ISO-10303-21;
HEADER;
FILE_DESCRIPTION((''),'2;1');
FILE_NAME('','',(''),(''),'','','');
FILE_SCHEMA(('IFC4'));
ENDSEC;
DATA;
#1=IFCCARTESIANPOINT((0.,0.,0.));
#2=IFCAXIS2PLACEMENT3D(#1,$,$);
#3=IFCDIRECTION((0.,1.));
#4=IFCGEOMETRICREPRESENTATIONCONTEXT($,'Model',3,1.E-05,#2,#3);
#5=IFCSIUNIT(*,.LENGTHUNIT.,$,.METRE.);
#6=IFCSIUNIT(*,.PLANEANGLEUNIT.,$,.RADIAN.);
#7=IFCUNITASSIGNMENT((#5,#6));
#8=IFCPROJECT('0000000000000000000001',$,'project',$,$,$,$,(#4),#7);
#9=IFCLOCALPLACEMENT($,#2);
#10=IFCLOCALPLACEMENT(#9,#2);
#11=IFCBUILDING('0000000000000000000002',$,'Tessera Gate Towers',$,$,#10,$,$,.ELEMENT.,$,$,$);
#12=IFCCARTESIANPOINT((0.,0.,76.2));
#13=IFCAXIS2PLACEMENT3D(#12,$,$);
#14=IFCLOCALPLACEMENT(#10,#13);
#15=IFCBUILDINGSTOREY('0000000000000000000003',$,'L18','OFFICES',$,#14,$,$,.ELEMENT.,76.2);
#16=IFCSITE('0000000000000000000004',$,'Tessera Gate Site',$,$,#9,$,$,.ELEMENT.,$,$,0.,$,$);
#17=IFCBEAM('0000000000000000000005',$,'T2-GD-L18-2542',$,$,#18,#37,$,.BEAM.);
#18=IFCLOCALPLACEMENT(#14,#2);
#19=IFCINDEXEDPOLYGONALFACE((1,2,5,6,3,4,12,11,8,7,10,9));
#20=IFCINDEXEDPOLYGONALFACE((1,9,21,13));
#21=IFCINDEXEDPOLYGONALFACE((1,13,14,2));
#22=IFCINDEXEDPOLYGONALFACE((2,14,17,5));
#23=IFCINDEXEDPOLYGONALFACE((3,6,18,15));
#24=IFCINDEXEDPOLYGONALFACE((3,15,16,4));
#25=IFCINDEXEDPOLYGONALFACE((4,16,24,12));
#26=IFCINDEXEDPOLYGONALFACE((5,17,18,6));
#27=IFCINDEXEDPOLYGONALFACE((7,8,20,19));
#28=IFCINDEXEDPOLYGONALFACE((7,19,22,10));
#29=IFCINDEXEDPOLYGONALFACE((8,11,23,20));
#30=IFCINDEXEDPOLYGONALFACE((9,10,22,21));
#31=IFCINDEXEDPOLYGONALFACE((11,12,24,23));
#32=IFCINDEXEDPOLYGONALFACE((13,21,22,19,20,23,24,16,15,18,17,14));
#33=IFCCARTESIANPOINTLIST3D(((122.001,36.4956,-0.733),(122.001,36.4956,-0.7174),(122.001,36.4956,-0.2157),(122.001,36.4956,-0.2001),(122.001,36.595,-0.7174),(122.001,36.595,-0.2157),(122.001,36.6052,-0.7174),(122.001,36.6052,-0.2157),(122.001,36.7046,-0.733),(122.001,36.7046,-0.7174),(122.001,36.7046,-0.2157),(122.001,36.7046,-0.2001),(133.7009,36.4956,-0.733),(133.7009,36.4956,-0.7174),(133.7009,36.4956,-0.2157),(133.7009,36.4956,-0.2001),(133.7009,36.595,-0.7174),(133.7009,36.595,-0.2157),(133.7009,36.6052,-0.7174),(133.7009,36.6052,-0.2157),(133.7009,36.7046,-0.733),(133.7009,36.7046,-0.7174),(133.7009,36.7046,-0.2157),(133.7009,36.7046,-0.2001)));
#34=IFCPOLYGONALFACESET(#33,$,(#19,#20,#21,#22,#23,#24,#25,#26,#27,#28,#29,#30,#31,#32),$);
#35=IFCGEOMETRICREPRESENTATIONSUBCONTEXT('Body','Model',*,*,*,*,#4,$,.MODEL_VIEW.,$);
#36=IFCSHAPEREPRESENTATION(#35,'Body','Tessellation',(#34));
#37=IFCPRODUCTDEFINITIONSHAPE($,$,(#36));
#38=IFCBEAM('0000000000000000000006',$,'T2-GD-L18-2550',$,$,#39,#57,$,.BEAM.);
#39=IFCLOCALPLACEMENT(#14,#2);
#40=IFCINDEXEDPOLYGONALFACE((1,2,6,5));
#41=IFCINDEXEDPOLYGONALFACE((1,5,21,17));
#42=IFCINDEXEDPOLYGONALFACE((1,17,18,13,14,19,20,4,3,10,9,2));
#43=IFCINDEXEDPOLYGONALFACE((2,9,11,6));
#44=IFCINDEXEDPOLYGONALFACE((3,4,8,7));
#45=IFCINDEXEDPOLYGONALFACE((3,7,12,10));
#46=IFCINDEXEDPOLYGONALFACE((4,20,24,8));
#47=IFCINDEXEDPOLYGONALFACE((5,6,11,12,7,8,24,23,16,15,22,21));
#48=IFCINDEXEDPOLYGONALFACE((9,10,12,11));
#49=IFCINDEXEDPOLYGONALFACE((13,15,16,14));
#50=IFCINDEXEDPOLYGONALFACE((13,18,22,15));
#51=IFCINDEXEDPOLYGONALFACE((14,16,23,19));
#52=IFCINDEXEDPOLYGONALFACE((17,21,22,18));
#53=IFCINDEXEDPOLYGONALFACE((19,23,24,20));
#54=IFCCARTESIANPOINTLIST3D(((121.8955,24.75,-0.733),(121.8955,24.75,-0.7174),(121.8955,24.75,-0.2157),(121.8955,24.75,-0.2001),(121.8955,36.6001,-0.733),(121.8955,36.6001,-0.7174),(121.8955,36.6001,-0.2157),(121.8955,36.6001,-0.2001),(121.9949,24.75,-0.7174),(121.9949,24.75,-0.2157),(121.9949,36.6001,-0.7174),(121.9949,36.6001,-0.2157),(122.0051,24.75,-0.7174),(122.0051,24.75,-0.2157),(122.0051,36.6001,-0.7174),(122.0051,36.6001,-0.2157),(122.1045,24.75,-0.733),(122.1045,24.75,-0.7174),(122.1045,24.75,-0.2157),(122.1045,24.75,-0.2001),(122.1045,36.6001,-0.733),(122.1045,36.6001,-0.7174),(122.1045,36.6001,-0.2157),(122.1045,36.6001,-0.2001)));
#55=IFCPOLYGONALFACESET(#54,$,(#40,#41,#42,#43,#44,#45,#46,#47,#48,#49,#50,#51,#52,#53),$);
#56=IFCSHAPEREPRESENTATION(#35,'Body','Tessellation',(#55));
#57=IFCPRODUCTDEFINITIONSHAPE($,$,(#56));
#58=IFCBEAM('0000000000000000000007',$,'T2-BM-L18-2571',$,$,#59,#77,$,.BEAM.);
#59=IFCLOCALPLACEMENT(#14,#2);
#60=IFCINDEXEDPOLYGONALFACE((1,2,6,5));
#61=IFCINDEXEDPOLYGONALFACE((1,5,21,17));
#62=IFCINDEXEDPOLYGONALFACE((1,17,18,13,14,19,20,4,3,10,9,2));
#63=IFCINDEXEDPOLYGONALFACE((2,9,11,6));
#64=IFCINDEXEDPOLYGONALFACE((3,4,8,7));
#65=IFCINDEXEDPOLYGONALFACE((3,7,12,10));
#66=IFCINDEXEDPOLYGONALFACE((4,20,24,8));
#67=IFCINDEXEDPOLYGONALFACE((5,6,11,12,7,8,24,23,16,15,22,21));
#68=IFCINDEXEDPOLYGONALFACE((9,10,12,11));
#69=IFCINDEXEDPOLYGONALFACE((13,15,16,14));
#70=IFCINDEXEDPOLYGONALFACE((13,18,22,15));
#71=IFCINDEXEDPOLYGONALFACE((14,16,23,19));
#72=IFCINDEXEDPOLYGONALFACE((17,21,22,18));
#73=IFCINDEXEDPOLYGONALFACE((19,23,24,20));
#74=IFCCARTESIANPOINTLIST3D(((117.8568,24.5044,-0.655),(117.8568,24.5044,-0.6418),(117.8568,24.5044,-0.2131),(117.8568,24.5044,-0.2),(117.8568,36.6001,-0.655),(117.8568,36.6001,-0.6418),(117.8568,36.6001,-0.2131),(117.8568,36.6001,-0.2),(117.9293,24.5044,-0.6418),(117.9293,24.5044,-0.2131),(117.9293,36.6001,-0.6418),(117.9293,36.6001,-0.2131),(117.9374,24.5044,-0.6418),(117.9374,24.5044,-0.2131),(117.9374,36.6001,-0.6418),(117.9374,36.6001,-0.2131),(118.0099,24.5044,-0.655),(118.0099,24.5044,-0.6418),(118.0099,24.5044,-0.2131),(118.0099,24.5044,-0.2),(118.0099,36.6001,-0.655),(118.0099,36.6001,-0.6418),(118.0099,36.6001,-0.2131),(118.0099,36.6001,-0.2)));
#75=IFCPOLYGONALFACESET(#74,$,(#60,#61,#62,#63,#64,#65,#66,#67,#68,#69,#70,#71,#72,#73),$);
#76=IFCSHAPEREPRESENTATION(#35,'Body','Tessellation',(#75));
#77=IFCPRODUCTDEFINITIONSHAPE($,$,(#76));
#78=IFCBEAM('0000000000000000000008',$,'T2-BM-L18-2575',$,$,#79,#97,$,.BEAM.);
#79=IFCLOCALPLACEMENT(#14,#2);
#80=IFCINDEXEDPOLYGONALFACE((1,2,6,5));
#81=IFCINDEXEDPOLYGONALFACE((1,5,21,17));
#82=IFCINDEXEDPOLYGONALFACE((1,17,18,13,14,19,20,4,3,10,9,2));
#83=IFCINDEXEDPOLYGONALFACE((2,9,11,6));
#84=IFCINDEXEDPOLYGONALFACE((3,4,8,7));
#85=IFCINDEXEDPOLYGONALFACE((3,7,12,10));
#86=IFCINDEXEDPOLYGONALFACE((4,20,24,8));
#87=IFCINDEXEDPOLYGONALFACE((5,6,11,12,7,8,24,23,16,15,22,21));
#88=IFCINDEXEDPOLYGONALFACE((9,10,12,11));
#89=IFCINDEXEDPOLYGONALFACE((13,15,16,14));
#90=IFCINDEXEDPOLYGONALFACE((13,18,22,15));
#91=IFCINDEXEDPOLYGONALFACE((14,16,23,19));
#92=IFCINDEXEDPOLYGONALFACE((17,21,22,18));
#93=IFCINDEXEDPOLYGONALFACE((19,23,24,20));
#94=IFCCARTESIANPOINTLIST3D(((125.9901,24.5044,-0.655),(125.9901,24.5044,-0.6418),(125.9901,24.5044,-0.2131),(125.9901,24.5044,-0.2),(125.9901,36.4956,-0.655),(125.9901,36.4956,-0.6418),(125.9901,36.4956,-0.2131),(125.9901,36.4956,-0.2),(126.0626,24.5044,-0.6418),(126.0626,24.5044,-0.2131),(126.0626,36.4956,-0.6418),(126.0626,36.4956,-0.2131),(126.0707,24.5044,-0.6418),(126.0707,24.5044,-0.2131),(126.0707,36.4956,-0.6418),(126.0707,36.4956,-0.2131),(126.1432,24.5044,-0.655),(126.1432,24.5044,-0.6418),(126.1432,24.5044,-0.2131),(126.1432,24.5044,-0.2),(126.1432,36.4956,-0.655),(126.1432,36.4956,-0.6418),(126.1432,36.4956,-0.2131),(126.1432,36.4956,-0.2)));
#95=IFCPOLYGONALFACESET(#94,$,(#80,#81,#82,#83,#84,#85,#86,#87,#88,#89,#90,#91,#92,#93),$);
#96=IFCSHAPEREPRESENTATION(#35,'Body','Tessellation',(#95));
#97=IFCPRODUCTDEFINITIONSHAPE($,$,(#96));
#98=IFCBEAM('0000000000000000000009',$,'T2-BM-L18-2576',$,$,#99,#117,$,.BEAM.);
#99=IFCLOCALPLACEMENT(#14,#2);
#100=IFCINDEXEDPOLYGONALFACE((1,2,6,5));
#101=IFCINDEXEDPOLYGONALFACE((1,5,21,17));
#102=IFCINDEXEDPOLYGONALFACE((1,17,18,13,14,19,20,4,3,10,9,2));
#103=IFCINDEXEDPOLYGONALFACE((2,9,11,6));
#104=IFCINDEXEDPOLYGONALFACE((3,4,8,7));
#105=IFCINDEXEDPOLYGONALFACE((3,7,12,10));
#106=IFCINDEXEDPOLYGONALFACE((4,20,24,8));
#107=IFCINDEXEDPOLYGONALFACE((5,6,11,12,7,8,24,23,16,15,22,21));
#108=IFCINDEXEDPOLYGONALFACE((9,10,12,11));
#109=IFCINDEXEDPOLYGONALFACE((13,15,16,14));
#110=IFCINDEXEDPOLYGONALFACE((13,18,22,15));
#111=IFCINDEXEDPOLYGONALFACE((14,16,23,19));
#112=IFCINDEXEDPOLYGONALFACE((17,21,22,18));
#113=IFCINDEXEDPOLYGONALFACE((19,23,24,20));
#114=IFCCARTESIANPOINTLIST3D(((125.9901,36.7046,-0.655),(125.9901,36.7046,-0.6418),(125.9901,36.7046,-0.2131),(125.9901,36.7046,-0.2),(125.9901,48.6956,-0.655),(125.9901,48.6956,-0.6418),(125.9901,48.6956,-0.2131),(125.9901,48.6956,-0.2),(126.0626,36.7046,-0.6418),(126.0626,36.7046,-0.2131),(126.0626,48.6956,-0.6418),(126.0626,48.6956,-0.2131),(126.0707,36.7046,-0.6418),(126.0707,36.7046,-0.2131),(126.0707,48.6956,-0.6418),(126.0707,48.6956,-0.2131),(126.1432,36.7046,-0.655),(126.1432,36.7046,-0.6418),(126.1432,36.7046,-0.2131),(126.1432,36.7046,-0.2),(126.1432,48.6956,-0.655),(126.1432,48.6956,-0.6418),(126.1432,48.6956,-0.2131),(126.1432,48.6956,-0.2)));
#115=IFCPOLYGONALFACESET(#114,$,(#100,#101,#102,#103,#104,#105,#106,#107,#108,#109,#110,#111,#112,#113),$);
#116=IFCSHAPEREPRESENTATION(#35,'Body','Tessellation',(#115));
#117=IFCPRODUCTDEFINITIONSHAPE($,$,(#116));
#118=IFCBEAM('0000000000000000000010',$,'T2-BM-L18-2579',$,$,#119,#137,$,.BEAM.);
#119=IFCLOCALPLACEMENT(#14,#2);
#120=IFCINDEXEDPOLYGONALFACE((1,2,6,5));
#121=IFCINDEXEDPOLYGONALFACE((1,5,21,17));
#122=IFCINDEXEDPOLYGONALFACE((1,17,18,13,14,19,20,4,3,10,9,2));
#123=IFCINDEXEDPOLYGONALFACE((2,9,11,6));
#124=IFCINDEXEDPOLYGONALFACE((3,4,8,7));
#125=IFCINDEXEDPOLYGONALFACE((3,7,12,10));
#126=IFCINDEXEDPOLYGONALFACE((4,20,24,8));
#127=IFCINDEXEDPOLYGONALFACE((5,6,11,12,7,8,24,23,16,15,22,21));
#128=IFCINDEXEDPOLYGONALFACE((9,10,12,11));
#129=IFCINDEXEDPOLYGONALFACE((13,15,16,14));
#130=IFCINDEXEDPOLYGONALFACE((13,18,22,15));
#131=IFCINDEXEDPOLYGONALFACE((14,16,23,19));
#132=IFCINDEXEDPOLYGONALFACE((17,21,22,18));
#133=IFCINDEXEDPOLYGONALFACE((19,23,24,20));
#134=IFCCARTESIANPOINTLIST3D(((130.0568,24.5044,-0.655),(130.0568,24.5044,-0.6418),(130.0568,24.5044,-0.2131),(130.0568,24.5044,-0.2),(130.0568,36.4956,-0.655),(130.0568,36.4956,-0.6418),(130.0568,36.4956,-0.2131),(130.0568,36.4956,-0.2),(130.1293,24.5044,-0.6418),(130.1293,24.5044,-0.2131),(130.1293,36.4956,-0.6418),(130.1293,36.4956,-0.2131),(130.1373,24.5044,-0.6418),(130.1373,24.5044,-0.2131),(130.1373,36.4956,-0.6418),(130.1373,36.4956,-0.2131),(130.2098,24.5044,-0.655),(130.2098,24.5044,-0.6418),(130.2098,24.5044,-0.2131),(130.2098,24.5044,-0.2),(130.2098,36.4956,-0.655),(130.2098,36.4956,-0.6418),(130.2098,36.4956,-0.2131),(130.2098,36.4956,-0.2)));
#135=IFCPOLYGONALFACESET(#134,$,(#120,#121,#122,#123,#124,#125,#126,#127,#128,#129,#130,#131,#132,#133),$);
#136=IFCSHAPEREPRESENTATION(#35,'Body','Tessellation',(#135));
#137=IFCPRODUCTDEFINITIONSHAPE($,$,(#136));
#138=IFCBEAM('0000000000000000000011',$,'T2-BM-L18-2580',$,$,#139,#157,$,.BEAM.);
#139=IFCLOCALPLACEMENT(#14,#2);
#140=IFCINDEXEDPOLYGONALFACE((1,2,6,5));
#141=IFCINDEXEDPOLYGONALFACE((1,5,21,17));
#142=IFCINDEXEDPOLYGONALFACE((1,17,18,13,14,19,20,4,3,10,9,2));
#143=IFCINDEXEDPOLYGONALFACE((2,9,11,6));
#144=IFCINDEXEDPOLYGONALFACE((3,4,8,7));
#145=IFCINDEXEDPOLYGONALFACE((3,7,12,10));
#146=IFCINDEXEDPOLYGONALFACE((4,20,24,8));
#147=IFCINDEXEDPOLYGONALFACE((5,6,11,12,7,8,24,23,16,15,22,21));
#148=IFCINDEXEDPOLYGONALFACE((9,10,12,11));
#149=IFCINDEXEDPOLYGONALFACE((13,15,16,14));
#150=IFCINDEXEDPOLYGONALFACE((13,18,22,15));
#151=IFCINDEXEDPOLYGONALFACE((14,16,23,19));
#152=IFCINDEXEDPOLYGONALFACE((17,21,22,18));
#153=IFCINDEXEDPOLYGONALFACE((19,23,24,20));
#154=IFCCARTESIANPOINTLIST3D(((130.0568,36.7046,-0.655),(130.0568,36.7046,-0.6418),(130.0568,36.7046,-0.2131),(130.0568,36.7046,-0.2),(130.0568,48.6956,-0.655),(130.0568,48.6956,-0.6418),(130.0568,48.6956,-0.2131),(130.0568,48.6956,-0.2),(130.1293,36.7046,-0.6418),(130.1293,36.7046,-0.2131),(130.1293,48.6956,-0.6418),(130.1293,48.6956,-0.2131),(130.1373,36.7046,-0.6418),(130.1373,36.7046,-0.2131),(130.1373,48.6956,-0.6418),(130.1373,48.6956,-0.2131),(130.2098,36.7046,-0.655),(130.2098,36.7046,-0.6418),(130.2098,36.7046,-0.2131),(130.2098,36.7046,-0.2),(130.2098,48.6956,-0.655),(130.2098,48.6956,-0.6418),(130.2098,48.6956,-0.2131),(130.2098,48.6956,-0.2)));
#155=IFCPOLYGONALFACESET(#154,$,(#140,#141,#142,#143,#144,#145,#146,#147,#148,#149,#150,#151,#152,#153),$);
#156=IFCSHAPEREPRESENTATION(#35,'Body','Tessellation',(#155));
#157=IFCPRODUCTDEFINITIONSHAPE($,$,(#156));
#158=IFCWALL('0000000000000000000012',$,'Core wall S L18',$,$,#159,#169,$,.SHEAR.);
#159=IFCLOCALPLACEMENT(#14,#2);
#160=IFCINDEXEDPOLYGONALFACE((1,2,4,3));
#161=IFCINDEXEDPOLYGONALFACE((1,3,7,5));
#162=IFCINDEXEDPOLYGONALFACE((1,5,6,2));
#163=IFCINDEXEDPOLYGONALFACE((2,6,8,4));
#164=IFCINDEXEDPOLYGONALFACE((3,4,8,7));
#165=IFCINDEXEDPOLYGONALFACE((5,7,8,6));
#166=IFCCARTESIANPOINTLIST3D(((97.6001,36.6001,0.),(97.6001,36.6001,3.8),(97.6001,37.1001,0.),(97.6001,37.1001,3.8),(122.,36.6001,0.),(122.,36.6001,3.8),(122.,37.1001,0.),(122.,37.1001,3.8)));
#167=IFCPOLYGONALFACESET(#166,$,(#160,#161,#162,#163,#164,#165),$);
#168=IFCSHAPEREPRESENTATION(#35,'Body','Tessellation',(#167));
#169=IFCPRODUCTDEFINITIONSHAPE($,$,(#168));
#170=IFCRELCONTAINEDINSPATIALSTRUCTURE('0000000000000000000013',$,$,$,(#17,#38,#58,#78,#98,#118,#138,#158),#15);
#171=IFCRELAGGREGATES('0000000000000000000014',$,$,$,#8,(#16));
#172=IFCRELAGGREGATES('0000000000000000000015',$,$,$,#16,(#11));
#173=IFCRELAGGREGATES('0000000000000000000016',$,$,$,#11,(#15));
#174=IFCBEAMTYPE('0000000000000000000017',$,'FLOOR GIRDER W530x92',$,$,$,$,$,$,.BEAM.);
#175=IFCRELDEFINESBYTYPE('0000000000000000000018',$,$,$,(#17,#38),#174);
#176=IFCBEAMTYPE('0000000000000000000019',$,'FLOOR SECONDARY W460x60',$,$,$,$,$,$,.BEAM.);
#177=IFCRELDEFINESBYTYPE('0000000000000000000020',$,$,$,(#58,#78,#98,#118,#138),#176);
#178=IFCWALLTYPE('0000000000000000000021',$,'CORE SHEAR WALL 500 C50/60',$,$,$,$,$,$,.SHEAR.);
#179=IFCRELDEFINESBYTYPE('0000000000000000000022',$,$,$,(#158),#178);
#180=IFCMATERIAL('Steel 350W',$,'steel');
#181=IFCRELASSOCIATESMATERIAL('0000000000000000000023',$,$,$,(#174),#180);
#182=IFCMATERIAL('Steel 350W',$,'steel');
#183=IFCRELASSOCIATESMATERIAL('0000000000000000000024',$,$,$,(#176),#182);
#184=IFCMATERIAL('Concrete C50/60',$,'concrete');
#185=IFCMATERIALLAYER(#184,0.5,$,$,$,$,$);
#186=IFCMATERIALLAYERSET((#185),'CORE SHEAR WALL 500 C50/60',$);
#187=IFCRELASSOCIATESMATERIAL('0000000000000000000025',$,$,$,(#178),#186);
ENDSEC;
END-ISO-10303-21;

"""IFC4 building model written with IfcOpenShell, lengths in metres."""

from ifc_helpers import new_model, si_unit, direction, frame, frame_2d, origin, origin_2d, place, context, subcontext, project, spatial, rectangle, i_section, extrude, material, layer, layer_set, material_profile, profile_set, type_object, element, save


model = new_model("IFC4")

# Units and contexts
model_context = context("Model", 3, precision=1e-05, world=origin(), true_north=direction((0.0, 1.0)))
body_context = subcontext(model_context, "Body", "Model", "MODEL_VIEW")
ifc_project = project(units=[si_unit("LENGTHUNIT", "METRE"), si_unit("PLANEANGLEUNIT", "RADIAN")], contexts=[model_context])

# Site, building, storey
site_placement = place(None, origin())
site = spatial("IfcSite", under=ifc_project, at=site_placement, Name="Tessera Gate Site", CompositionType="ELEMENT", RefElevation=0.0)
building_placement = place(site_placement, origin())
building = spatial("IfcBuilding", under=site, at=building_placement, Name="Tessera Gate Towers", CompositionType="ELEMENT")
storey_placement = place(building_placement, frame((0.0, 0.0, 76.2)))
storey = spatial("IfcBuildingStorey", under=building, at=storey_placement, Name="L18", Description="OFFICES", CompositionType="ELEMENT", Elevation=76.2)

# Beams
ifc_material_1 = material(Name="Steel 350W", Category="steel")
ifc_material_profile_1 = material_profile(ifc_material_1, i_section(OverallWidth=0.209, OverallDepth=0.533, WebThickness=0.0103, FlangeThickness=0.0156, at=origin_2d()), Name="W530x92")
ifc_profile_set_1 = profile_set([ifc_material_profile_1], Name="Steel 350W")
beam_type_1 = type_object("IfcBeamType", Name="FLOOR GIRDER W530x92", PredefinedType="BEAM", material=ifc_profile_set_1)
beam_1_placement = place(storey_placement, frame((122.001, 36.6001, -0.4666), z_axis=(1.0, 0.0, 0.0), x_axis=(0.0, 1.0, 0.0)))
element("IfcBeam", 1, at=beam_1_placement, inside=storey, type_object=beam_type_1, Name="T2-GD-L18-2542", PredefinedType="BEAM", context=body_context, shape_type="SweptSolid", body=[
    extrude(i_section(OverallWidth=0.209, OverallDepth=0.533, WebThickness=0.0103, FlangeThickness=0.0156, at=origin_2d()), origin(), (0.0, 0.0, 1.0), 11.7),
])
beam_2_placement = place(storey_placement, frame((122.0, 24.75, -0.4666), z_axis=(0.0, 1.0, 0.0), x_axis=(-1.0, 0.0, 0.0)))
element("IfcBeam", 2, at=beam_2_placement, inside=storey, type_object=beam_type_1, Name="T2-GD-L18-2550", PredefinedType="BEAM", context=body_context, shape_type="SweptSolid", body=[
    extrude(i_section(OverallWidth=0.209, OverallDepth=0.533, WebThickness=0.0103, FlangeThickness=0.0156, at=origin_2d()), origin(), (0.0, 0.0, 1.0), 11.8501),
])
ifc_material_2 = material(Name="Steel 350W", Category="steel")
ifc_material_profile_2 = material_profile(ifc_material_2, i_section(OverallWidth=0.1531, OverallDepth=0.4551, WebThickness=0.0081, FlangeThickness=0.0132, at=origin_2d()), Name="W460x60")
ifc_profile_set_2 = profile_set([ifc_material_profile_2], Name="Steel 350W")
beam_type_2 = type_object("IfcBeamType", Name="FLOOR SECONDARY W460x60", PredefinedType="BEAM", material=ifc_profile_set_2)
beam_3_placement = place(storey_placement, frame((117.9333, 24.5044, -0.4275), z_axis=(0.0, 1.0, 0.0), x_axis=(-1.0, 0.0, 0.0)))
element("IfcBeam", 3, at=beam_3_placement, inside=storey, type_object=beam_type_2, Name="T2-BM-L18-2571", PredefinedType="BEAM", context=body_context, shape_type="SweptSolid", body=[
    extrude(i_section(OverallWidth=0.1531, OverallDepth=0.4551, WebThickness=0.0081, FlangeThickness=0.0132, at=origin_2d()), origin(), (0.0, 0.0, 1.0), 12.0957),
])
beam_4_placement = place(storey_placement, frame((126.0667, 24.5044, -0.4275), z_axis=(0.0, 1.0, 0.0), x_axis=(-1.0, 0.0, 0.0)))
element("IfcBeam", 4, at=beam_4_placement, inside=storey, type_object=beam_type_2, Name="T2-BM-L18-2575", PredefinedType="BEAM", context=body_context, shape_type="SweptSolid", body=[
    extrude(i_section(OverallWidth=0.1531, OverallDepth=0.4551, WebThickness=0.0081, FlangeThickness=0.0132, at=origin_2d()), origin(), (0.0, 0.0, 1.0), 11.9912),
])
beam_5_placement = place(storey_placement, frame((126.0667, 36.7046, -0.4275), z_axis=(0.0, 1.0, 0.0), x_axis=(-1.0, 0.0, 0.0)))
element("IfcBeam", 5, at=beam_5_placement, inside=storey, type_object=beam_type_2, Name="T2-BM-L18-2576", PredefinedType="BEAM", context=body_context, shape_type="SweptSolid", body=[
    extrude(i_section(OverallWidth=0.1531, OverallDepth=0.4551, WebThickness=0.0081, FlangeThickness=0.0132, at=origin_2d()), origin(), (0.0, 0.0, 1.0), 11.991),
])
beam_6_placement = place(storey_placement, frame((130.1333, 24.5044, -0.4275), z_axis=(0.0, 1.0, 0.0), x_axis=(-1.0, 0.0, 0.0)))
element("IfcBeam", 6, at=beam_6_placement, inside=storey, type_object=beam_type_2, Name="T2-BM-L18-2579", PredefinedType="BEAM", context=body_context, shape_type="SweptSolid", body=[
    extrude(i_section(OverallWidth=0.1531, OverallDepth=0.4551, WebThickness=0.0081, FlangeThickness=0.0132, at=origin_2d()), origin(), (0.0, 0.0, 1.0), 11.9912),
])
beam_7_placement = place(storey_placement, frame((130.1333, 36.7046, -0.4275), z_axis=(0.0, 1.0, 0.0), x_axis=(-1.0, 0.0, 0.0)))
element("IfcBeam", 7, at=beam_7_placement, inside=storey, type_object=beam_type_2, Name="T2-BM-L18-2580", PredefinedType="BEAM", context=body_context, shape_type="SweptSolid", body=[
    extrude(i_section(OverallWidth=0.1531, OverallDepth=0.4551, WebThickness=0.0081, FlangeThickness=0.0132, at=origin_2d()), origin(), (0.0, 0.0, 1.0), 11.991),
])

# Wall
ifc_material_3 = material(Name="Concrete C50/60", Category="concrete")
ifc_layer_1 = layer(ifc_material_3, 0.5)
ifc_layer_set_1 = layer_set([ifc_layer_1], Name="CORE SHEAR WALL 500 C50/60")
wall_type_1 = type_object("IfcWallType", Name="CORE SHEAR WALL 500 C50/60", PredefinedType="SHEAR", material=ifc_layer_set_1)
wall_1_placement = place(storey_placement, frame((122.0, 36.8501, 0.0), z_axis=(0.0, 0.0, 1.0), x_axis=(-1.0, 0.0, 0.0)))
element("IfcWall", 8, at=wall_1_placement, inside=storey, type_object=wall_type_1, Name="Core wall S L18", PredefinedType="SHEAR", context=body_context, shape_type="SweptSolid", body=[
    extrude(rectangle(XDim=24.3999, YDim=0.5, at=frame_2d((12.2, 0.0))), origin(), (0.0, 0.0, 1.0), 3.8),
])

save(model, "model.ifc")
